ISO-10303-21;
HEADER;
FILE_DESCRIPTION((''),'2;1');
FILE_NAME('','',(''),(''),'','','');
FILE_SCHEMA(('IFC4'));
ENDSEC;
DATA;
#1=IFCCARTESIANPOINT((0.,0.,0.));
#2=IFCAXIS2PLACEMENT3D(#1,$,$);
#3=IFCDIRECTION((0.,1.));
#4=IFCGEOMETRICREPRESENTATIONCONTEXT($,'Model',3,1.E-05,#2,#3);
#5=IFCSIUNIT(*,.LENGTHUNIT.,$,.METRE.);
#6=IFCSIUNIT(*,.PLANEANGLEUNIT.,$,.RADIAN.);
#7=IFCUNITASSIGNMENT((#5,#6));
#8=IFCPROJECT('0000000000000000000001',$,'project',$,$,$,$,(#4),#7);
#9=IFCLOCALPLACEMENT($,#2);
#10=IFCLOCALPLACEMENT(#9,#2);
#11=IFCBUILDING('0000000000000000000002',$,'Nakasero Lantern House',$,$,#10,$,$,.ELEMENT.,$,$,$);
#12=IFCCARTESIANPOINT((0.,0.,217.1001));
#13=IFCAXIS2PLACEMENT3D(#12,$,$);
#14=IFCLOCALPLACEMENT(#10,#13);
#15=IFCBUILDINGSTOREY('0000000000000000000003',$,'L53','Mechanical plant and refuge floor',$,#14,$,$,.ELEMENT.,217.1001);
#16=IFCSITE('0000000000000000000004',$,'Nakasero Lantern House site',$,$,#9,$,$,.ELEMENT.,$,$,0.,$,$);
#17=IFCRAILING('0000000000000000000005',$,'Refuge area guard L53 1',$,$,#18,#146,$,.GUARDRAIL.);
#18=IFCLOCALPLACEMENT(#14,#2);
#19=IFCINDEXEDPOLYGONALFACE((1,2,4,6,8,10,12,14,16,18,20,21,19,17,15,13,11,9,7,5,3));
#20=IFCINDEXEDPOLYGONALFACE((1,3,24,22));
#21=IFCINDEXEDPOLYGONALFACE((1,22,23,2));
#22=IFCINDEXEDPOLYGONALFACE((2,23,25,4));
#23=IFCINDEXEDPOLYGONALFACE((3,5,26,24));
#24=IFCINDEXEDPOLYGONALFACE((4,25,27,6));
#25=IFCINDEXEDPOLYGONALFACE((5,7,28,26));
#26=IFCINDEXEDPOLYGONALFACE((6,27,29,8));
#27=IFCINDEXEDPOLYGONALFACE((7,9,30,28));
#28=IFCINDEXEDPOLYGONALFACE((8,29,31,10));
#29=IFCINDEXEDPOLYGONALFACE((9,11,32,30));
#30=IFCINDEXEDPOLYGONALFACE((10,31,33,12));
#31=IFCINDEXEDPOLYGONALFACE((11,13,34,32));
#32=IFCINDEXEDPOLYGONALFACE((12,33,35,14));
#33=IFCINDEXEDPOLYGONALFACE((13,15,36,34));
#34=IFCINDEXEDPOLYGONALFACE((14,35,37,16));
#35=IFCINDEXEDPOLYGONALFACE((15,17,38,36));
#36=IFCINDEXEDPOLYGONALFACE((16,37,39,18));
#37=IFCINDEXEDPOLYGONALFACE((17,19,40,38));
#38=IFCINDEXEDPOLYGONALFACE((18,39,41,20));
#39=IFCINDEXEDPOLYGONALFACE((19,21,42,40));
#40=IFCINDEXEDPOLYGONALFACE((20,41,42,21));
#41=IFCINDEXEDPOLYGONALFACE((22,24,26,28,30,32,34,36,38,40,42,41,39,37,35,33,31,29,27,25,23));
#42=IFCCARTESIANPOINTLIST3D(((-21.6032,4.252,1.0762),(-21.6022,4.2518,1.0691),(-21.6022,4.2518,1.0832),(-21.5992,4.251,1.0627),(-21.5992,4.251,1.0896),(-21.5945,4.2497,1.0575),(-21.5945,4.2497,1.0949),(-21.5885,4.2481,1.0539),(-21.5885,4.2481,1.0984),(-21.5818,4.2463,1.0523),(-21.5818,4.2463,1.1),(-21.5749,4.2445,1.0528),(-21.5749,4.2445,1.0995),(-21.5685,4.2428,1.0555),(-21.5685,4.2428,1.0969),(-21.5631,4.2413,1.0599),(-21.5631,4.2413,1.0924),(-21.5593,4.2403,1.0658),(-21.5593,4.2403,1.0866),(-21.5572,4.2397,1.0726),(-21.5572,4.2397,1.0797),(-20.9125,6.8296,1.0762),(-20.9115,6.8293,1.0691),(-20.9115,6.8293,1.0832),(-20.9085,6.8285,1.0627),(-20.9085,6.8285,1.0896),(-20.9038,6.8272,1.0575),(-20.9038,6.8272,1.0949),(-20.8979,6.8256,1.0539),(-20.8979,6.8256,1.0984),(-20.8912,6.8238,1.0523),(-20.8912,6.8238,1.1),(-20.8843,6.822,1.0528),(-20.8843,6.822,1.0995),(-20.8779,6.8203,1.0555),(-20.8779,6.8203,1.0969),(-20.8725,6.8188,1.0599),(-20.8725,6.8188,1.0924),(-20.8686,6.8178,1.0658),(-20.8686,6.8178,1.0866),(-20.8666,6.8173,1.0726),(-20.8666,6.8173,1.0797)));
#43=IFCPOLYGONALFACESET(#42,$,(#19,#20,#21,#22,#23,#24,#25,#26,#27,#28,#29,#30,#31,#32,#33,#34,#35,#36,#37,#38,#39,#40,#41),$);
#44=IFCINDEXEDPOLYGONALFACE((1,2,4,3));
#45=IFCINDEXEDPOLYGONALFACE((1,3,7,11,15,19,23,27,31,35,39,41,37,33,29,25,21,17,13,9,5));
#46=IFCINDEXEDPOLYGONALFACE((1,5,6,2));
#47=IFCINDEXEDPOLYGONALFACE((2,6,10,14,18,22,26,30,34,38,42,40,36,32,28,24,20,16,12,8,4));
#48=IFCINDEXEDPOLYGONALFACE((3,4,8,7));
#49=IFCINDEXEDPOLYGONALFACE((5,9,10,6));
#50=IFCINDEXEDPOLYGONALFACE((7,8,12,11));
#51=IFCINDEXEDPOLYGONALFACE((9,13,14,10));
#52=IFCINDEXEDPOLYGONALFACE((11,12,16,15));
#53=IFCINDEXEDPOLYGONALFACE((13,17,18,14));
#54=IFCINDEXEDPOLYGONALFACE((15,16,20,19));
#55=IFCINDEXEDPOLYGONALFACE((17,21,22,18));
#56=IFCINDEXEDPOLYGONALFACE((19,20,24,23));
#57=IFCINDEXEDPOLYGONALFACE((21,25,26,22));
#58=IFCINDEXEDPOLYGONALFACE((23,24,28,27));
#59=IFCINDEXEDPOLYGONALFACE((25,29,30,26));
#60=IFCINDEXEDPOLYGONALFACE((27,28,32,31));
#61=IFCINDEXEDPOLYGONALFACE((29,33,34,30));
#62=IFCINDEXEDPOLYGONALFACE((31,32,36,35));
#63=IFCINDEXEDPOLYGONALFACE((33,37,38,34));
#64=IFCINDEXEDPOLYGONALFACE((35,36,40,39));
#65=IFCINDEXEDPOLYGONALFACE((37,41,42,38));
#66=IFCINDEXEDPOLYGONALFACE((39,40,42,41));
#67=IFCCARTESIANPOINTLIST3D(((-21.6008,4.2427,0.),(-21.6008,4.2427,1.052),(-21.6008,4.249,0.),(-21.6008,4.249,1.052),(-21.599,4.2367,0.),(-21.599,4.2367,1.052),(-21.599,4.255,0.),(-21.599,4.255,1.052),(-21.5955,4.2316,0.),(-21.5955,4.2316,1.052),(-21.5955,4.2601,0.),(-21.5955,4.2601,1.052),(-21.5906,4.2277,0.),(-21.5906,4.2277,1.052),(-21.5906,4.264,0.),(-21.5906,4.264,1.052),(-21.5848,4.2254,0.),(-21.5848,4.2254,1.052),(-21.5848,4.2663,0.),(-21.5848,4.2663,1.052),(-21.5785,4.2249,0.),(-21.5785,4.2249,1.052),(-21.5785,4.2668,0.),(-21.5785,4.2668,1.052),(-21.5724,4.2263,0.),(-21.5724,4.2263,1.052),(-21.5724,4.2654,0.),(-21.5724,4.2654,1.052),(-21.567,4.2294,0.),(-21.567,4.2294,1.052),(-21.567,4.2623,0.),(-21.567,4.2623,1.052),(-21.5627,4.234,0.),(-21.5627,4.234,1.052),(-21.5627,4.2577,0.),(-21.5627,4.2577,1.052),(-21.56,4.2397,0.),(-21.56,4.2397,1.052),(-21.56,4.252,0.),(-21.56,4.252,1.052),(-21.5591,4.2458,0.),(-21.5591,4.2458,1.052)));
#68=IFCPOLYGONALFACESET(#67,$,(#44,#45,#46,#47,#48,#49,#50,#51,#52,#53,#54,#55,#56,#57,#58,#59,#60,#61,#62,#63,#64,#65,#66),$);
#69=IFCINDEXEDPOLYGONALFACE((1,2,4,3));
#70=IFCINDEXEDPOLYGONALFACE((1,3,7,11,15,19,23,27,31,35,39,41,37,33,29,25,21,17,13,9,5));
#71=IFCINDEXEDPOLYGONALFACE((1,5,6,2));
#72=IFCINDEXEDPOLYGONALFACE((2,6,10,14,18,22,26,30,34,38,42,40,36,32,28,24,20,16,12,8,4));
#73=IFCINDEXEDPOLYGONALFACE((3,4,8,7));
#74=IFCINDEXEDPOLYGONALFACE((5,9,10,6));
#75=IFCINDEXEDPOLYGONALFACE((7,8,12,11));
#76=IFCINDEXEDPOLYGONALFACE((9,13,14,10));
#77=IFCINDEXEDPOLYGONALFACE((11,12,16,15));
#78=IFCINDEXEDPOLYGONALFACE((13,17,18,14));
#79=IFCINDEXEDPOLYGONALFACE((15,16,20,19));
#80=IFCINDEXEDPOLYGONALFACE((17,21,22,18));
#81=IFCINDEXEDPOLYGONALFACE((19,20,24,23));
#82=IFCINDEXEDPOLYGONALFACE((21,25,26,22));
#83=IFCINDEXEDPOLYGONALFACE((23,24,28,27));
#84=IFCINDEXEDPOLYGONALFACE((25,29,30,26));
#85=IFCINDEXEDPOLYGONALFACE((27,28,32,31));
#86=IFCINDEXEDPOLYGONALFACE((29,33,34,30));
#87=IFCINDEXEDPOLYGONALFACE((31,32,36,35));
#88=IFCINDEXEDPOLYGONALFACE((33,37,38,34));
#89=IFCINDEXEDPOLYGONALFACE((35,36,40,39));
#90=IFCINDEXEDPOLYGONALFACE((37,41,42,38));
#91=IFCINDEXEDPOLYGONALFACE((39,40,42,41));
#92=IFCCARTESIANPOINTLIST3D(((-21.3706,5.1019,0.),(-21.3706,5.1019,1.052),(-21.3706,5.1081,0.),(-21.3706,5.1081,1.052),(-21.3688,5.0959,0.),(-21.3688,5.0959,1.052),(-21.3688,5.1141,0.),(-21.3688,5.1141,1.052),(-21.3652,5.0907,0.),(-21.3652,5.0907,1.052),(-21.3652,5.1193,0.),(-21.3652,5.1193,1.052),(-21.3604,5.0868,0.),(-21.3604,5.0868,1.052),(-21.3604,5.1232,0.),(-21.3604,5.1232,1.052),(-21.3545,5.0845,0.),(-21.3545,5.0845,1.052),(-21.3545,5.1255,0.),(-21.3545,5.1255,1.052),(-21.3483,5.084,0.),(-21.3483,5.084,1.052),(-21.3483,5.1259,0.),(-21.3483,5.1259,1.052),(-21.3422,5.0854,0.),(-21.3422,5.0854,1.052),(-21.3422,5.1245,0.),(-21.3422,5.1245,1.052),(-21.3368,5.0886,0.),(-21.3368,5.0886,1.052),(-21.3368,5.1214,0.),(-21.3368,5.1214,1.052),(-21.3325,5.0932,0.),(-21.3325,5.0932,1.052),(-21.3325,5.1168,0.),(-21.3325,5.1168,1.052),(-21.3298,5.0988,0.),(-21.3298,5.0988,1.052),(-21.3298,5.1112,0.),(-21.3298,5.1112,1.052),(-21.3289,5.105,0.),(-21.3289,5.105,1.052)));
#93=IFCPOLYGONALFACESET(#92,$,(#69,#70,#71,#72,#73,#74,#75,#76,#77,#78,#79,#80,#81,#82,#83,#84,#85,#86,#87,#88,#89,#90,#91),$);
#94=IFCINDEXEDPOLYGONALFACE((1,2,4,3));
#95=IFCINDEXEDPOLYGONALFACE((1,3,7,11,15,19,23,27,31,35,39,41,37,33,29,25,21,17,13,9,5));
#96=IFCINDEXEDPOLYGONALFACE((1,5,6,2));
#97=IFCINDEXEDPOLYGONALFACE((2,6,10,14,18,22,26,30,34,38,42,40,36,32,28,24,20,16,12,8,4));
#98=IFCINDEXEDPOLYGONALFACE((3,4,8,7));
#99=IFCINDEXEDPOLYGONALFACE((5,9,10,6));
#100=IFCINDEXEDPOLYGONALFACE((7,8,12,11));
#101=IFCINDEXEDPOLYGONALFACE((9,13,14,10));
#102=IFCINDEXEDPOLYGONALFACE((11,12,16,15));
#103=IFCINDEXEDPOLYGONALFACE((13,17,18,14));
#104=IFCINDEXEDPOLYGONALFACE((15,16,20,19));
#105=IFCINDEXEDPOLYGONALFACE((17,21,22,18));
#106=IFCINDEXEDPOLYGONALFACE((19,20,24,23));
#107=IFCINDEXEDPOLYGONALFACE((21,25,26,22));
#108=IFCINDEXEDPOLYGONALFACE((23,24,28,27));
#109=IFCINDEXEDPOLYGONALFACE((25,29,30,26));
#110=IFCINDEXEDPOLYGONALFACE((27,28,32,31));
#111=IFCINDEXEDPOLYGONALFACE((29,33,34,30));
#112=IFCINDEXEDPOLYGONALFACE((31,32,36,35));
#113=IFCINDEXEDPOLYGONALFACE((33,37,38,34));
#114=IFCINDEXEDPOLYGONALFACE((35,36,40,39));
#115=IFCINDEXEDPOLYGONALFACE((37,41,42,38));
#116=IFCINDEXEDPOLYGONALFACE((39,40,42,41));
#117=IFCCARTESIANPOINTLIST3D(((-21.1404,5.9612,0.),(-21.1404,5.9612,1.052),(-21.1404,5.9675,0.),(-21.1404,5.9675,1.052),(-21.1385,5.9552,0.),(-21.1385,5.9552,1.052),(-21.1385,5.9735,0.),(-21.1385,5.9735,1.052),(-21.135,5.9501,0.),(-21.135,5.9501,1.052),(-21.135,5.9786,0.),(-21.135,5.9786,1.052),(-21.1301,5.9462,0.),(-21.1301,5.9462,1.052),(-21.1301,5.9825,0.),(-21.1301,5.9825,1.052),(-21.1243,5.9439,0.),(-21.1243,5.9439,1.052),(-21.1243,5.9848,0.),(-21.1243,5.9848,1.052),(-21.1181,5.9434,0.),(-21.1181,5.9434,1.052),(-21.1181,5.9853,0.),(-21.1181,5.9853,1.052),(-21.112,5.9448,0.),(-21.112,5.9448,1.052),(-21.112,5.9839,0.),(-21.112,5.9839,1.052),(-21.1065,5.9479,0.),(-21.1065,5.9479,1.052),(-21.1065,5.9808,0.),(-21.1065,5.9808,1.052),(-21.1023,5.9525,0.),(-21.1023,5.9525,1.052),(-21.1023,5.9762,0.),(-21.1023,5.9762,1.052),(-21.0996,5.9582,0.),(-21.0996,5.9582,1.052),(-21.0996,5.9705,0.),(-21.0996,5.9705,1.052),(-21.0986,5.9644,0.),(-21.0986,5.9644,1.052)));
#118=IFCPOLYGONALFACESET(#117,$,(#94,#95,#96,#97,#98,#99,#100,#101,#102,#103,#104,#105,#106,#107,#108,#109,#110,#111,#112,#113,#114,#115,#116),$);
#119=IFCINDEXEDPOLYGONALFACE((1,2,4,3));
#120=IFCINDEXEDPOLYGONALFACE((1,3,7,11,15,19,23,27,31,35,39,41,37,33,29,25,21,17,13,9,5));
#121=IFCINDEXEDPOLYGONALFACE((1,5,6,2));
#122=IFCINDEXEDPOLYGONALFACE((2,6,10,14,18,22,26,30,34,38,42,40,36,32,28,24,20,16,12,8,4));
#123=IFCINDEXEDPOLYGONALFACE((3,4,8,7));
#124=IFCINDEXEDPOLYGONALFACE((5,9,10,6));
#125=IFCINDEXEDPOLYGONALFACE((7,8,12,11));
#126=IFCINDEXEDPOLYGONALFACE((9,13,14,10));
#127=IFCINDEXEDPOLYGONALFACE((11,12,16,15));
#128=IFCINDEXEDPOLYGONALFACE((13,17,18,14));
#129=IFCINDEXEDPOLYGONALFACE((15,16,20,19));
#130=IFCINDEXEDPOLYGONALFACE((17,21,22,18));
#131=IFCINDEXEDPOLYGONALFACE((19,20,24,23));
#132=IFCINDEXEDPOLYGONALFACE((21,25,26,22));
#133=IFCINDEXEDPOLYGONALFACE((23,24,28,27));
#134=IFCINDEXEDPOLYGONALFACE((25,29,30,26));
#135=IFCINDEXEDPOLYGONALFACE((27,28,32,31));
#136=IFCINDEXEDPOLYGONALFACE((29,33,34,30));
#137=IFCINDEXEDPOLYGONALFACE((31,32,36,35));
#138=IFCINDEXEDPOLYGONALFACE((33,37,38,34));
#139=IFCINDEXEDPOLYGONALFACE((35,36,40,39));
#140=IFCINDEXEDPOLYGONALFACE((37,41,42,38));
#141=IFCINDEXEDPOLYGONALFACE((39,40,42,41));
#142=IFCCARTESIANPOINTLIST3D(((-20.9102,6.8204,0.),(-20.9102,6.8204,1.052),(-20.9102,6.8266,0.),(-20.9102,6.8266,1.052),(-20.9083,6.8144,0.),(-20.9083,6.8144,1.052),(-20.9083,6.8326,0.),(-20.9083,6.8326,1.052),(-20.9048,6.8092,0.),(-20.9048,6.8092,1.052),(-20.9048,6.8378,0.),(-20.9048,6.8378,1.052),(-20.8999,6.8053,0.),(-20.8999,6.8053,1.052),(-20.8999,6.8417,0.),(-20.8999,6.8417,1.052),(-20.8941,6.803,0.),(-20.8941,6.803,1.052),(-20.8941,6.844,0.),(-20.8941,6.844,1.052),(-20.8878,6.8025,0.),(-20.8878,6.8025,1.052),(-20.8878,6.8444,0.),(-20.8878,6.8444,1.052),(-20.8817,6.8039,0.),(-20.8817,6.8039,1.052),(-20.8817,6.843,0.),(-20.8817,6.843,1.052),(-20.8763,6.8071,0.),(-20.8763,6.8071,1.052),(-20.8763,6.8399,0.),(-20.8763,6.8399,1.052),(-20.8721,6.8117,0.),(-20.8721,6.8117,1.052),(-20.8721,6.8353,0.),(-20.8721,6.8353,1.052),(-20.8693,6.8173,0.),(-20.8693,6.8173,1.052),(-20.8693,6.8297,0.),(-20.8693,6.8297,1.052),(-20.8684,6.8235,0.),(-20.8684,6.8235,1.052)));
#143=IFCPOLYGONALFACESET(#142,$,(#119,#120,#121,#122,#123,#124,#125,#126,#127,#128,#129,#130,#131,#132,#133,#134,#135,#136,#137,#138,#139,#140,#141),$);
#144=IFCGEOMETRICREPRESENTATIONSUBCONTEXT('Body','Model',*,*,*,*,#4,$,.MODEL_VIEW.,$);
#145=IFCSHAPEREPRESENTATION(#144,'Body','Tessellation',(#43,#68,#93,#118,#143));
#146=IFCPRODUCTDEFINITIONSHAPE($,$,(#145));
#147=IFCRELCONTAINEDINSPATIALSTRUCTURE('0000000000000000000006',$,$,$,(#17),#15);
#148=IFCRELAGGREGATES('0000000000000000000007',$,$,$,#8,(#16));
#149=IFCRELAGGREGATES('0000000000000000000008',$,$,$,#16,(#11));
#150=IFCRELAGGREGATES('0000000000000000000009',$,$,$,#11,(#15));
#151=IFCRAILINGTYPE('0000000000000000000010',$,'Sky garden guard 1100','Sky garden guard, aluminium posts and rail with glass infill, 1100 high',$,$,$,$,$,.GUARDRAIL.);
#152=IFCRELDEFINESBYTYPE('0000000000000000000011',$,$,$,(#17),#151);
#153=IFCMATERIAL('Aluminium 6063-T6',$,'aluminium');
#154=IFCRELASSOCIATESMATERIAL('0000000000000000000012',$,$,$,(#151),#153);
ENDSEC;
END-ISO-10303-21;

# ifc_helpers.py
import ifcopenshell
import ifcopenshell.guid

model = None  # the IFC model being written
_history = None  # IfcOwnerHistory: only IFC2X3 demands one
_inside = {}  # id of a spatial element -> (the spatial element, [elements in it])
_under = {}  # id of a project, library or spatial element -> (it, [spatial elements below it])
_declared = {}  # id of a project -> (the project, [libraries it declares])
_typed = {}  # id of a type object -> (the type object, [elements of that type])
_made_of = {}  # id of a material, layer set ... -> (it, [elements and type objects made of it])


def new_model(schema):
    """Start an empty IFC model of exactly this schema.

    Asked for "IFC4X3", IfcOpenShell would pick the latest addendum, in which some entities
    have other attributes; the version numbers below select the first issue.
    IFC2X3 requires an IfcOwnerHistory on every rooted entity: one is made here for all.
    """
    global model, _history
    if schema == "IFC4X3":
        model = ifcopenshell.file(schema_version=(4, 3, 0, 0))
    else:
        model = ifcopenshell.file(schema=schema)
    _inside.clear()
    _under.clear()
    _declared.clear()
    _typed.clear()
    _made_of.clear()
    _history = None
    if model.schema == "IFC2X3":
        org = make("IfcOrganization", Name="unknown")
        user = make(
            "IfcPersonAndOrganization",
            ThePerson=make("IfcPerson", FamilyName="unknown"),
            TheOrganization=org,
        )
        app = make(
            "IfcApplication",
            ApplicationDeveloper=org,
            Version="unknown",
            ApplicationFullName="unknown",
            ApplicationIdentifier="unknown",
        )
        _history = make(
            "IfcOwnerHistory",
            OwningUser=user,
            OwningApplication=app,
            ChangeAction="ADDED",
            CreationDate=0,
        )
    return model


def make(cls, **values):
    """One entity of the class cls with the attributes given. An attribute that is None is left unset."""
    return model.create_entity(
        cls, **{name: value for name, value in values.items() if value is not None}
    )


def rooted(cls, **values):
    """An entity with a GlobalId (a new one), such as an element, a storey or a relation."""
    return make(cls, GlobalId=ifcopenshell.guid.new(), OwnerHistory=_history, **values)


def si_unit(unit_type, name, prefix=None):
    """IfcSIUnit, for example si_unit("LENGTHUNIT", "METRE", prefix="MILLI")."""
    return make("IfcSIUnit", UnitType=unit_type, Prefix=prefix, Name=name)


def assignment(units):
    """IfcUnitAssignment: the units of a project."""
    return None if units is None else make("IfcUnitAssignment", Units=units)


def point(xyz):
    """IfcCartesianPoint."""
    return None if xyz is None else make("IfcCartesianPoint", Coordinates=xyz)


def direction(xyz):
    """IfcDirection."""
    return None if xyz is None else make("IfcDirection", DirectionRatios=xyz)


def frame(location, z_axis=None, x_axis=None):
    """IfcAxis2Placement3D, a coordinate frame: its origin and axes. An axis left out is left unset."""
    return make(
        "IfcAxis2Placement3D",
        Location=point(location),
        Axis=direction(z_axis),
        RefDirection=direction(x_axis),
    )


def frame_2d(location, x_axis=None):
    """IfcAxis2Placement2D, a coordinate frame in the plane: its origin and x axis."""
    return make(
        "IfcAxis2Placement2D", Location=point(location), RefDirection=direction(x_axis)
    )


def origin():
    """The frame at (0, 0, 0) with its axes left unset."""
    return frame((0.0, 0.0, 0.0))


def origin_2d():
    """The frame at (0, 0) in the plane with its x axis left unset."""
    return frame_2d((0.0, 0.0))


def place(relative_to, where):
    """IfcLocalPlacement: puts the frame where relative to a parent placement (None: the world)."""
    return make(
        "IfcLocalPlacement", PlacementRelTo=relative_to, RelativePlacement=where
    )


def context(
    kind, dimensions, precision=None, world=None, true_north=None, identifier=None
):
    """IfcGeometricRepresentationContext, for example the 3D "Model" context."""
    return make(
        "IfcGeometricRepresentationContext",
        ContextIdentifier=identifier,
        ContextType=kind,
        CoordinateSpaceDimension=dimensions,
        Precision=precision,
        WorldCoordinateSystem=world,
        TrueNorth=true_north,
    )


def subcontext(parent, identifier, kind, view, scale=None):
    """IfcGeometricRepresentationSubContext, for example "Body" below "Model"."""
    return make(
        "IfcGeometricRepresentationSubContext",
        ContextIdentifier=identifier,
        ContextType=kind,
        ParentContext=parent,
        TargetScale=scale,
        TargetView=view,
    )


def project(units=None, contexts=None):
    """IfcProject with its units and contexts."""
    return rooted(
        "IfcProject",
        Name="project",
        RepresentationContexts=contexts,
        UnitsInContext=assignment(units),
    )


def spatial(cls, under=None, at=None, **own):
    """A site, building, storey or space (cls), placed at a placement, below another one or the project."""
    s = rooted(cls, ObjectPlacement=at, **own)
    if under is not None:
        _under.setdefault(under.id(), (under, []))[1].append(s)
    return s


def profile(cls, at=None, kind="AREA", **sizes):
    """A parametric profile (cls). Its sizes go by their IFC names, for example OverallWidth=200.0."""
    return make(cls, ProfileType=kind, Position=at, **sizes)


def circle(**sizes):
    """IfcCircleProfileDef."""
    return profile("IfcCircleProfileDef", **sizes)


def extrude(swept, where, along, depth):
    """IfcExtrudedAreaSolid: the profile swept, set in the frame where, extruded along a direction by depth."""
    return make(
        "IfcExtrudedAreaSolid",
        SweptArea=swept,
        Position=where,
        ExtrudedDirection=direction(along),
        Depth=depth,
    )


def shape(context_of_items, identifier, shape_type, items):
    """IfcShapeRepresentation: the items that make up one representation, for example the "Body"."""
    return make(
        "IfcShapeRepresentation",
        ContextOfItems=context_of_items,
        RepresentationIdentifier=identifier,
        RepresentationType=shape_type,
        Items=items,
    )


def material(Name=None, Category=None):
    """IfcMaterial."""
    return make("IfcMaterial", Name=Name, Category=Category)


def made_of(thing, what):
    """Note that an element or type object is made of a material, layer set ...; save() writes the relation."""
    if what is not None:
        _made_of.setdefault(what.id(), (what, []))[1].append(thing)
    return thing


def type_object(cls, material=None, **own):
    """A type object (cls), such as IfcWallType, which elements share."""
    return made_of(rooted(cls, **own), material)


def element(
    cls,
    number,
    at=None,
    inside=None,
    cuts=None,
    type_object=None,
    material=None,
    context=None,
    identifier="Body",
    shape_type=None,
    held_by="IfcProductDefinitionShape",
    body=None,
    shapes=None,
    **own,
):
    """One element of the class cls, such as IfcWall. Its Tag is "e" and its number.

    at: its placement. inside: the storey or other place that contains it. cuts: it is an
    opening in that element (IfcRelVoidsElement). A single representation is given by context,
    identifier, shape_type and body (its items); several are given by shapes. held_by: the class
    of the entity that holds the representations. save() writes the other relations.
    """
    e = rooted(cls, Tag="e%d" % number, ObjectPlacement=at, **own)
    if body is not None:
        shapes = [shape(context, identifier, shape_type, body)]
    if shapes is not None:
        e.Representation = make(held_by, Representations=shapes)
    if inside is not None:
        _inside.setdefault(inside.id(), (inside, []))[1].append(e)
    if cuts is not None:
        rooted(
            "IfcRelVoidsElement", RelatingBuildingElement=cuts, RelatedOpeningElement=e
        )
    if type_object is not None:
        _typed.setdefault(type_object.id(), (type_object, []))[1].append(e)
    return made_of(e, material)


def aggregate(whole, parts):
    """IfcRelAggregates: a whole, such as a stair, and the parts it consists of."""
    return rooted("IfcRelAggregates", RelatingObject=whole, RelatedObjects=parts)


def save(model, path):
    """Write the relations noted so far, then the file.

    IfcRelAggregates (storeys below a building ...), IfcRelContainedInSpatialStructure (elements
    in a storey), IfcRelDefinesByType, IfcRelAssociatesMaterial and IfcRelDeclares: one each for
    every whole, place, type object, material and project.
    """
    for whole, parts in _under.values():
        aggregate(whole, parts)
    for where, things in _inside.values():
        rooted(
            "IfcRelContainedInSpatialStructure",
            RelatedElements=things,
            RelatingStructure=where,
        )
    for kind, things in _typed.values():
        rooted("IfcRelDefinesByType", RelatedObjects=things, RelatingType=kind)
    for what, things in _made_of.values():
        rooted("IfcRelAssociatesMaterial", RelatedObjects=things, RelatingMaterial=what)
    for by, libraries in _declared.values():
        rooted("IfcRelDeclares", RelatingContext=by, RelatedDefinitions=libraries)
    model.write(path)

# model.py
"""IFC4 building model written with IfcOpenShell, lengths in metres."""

from ifc_helpers import new_model, si_unit, direction, frame, origin, origin_2d, place, context, subcontext, project, spatial, circle, extrude, material, type_object, element, save


model = new_model("IFC4")

# Units and contexts
model_context = context("Model", 3, precision=1e-05, world=origin(), true_north=direction((0.0, 1.0)))
body_context = subcontext(model_context, "Body", "Model", "MODEL_VIEW")
ifc_project = project(units=[si_unit("LENGTHUNIT", "METRE"), si_unit("PLANEANGLEUNIT", "RADIAN")], contexts=[model_context])

# Site, building, storey
site_placement = place(None, origin())
site = spatial("IfcSite", under=ifc_project, at=site_placement, Name="Nakasero Lantern House site", CompositionType="ELEMENT", RefElevation=0.0)
building_placement = place(site_placement, origin())
building = spatial("IfcBuilding", under=site, at=building_placement, Name="Nakasero Lantern House", CompositionType="ELEMENT")
storey_placement = place(building_placement, frame((0.0, 0.0, 217.1001)))
storey = spatial("IfcBuildingStorey", under=building, at=storey_placement, Name="L53", Description="Mechanical plant and refuge floor", CompositionType="ELEMENT", Elevation=217.1001)

# Railing
ifc_material_1 = material(Name="Aluminium 6063-T6", Category="aluminium")
railing_type = type_object("IfcRailingType", Name="Sky garden guard 1100", Description="Sky garden guard, aluminium posts and rail with glass infill, 1100 high", PredefinedType="GUARDRAIL", material=ifc_material_1)
railing_1_placement = place(storey_placement, frame((-21.5801, 4.2458, 0.0)))
element("IfcRailing", 1, at=railing_1_placement, inside=storey, type_object=railing_type, Name="Refuge area guard L53 1", PredefinedType="GUARDRAIL", context=body_context, shape_type="SweptSolid", body=[
    extrude(circle(Radius=0.0239, at=origin_2d()), frame((0.0, 0.0, 1.0762), z_axis=(0.258818, 0.965926, 0.0), x_axis=(-0.965926, 0.258818, 0.0)), (0.0, 0.0, 1.0), 2.6685),
    extrude(circle(Radius=0.021, at=origin_2d()), origin(), (0.0, 0.0, 1.0), 1.052),
    extrude(circle(Radius=0.021, at=origin_2d()), frame((0.2302, 0.8591, 0.0)), (0.0, 0.0, 1.0), 1.052),
    extrude(circle(Radius=0.021, at=origin_2d()), frame((0.4604, 1.7185, 0.0)), (0.0, 0.0, 1.0), 1.052),
    extrude(circle(Radius=0.021, at=origin_2d()), frame((0.6907, 2.5776, 0.0)), (0.0, 0.0, 1.0), 1.052),
])

save(model, "model.ifc")
